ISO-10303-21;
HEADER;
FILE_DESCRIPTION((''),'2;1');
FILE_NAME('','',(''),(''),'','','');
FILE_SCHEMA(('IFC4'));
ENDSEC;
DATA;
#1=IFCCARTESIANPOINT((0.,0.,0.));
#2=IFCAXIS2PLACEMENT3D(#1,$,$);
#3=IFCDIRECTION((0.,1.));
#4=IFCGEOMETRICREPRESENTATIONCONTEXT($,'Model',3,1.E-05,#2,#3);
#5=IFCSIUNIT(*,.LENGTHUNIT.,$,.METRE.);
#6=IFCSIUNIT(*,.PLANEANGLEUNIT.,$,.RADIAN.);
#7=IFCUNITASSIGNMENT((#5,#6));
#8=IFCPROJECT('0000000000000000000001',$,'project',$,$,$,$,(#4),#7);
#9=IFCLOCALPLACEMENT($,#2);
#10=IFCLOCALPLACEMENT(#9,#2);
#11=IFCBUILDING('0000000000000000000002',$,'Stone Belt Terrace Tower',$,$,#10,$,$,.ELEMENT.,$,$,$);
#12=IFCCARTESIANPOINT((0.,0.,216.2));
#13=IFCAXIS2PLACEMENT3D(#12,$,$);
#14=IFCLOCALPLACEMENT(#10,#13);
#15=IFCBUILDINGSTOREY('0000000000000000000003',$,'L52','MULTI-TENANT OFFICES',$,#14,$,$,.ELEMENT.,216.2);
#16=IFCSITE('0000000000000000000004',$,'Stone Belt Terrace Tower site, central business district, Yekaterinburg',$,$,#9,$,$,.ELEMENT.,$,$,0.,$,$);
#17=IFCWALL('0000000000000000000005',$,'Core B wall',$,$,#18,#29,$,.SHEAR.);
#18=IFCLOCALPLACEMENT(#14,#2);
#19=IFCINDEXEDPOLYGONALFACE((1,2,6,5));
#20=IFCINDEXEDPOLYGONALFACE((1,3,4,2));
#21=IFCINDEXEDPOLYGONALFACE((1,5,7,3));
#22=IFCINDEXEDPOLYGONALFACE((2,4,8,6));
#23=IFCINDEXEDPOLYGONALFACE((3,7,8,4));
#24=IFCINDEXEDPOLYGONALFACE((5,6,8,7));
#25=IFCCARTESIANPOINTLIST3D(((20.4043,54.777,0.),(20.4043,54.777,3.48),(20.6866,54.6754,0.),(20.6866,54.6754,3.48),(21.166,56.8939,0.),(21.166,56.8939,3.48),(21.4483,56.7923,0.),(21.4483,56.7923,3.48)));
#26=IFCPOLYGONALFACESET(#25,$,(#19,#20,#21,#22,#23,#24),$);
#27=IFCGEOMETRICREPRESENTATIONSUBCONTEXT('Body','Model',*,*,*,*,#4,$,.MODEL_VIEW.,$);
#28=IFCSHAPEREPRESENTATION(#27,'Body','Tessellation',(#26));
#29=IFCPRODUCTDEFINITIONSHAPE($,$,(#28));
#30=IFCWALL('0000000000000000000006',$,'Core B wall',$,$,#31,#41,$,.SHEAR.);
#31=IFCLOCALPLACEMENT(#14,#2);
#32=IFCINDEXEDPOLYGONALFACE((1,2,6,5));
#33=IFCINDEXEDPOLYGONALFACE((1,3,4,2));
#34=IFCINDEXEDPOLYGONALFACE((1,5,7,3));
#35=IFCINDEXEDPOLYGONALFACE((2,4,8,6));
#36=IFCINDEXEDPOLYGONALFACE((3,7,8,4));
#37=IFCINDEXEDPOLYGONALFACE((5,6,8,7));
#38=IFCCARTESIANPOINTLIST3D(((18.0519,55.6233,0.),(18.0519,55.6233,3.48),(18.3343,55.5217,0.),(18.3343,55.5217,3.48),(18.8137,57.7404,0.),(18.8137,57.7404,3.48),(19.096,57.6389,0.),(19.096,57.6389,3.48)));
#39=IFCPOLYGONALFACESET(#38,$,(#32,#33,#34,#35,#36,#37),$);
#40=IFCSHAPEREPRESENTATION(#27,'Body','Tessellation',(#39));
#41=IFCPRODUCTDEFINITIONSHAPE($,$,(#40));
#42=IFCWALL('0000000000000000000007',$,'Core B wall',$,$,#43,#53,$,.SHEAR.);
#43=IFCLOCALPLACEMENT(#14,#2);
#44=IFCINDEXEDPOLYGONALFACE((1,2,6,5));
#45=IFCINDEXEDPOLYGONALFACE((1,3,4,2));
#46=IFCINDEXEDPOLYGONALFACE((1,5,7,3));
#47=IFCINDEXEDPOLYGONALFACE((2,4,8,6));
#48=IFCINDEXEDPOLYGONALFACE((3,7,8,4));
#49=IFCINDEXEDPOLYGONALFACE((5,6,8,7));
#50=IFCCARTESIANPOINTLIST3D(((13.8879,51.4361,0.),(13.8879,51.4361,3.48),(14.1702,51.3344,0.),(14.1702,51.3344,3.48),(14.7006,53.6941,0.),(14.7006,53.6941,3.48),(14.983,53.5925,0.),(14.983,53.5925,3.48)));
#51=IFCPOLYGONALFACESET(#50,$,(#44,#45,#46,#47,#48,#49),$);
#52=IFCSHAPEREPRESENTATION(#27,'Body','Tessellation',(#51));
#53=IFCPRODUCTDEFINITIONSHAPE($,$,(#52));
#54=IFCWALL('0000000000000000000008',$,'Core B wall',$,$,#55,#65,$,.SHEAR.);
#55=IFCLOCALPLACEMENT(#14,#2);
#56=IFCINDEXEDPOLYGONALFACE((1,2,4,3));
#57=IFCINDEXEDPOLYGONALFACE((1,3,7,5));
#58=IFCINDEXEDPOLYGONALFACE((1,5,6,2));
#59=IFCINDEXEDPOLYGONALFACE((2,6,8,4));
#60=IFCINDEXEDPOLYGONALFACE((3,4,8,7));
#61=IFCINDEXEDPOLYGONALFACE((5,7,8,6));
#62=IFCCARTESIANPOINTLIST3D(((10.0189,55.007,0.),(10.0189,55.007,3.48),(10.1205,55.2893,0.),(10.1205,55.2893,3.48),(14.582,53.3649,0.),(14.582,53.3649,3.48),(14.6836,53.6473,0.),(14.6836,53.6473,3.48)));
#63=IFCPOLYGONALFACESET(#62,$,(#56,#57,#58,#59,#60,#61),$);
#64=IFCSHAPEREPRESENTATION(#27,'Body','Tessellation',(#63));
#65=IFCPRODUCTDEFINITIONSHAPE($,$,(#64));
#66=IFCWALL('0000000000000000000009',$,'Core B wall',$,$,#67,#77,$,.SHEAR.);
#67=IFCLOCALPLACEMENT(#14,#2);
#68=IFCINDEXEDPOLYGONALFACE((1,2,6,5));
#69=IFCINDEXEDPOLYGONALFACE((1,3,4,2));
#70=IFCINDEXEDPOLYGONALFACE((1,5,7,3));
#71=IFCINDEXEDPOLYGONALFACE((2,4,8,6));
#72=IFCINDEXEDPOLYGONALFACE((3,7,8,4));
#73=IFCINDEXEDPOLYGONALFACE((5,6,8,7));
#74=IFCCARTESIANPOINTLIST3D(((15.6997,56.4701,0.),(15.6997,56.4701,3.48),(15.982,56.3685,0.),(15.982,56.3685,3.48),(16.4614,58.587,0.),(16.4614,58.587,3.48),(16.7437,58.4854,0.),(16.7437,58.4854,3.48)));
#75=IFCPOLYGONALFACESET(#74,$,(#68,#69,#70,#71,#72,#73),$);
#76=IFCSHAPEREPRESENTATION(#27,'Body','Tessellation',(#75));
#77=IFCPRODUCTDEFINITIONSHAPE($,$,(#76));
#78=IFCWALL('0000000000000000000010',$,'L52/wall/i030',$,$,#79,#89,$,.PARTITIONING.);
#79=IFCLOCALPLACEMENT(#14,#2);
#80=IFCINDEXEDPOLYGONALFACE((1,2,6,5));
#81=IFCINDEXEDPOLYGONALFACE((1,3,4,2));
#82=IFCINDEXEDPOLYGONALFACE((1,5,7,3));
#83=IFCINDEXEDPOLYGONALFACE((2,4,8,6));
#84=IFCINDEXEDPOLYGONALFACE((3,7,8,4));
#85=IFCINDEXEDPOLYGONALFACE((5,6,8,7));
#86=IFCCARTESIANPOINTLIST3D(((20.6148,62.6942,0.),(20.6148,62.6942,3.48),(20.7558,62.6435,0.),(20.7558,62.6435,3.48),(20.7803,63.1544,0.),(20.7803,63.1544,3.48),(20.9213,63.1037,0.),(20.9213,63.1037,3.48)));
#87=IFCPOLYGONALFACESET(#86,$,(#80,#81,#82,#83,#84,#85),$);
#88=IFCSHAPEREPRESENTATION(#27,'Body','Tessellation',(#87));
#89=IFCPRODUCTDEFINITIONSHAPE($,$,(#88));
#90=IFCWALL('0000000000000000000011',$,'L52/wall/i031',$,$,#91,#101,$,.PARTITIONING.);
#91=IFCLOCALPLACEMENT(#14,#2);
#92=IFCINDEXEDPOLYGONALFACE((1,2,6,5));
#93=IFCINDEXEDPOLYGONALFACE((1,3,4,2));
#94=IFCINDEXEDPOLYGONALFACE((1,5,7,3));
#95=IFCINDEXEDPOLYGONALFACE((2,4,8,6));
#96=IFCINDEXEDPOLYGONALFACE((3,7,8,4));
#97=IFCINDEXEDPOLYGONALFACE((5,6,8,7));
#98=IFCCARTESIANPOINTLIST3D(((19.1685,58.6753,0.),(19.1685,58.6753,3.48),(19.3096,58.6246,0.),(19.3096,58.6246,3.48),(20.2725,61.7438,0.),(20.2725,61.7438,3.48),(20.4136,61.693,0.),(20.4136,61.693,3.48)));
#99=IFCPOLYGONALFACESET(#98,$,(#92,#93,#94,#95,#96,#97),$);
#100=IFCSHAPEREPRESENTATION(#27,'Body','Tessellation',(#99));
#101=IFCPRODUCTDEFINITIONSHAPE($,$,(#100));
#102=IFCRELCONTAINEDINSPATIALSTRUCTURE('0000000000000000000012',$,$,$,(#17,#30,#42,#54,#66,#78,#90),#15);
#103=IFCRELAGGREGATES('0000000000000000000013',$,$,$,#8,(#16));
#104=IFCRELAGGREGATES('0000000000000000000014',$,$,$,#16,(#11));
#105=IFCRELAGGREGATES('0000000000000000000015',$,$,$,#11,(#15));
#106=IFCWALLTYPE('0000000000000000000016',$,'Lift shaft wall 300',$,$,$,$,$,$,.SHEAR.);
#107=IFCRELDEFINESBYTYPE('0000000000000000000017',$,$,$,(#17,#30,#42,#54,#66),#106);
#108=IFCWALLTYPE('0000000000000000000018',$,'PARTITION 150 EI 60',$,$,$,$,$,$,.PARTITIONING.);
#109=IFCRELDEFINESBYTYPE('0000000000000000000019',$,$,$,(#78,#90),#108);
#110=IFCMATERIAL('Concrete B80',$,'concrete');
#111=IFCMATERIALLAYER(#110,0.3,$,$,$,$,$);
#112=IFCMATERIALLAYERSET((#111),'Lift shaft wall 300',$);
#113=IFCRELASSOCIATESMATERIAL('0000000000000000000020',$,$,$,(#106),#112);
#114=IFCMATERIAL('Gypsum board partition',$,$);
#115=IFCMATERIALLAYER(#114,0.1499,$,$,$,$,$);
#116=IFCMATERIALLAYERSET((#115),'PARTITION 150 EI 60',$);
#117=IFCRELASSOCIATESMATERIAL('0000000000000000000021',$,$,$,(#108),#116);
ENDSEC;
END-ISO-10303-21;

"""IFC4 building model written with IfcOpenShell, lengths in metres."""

from ifc_helpers import new_model, si_unit, direction, frame, frame_2d, origin, place, context, subcontext, project, spatial, rectangle, extrude, material, layer, layer_set, type_object, element, save


model = new_model("IFC4")

# Units and contexts
model_context = context("Model", 3, precision=1e-05, world=origin(), true_north=direction((0.0, 1.0)))
body_context = subcontext(model_context, "Body", "Model", "MODEL_VIEW")
ifc_project = project(units=[si_unit("LENGTHUNIT", "METRE"), si_unit("PLANEANGLEUNIT", "RADIAN")], contexts=[model_context])

# Site, building, storey
site_placement = place(None, origin())
site = spatial("IfcSite", under=ifc_project, at=site_placement, Name="Stone Belt Terrace Tower site, central business district, Yekaterinburg", CompositionType="ELEMENT", RefElevation=0.0)
building_placement = place(site_placement, origin())
building = spatial("IfcBuilding", under=site, at=building_placement, Name="Stone Belt Terrace Tower", CompositionType="ELEMENT")
storey_placement = place(building_placement, frame((0.0, 0.0, 216.2)))
storey = spatial("IfcBuildingStorey", under=building, at=storey_placement, Name="L52", Description="MULTI-TENANT OFFICES", CompositionType="ELEMENT", Elevation=216.2)

# Shared definitions
ifc_material_1 = material(Name="Concrete B80", Category="concrete")
ifc_layer_1 = layer(ifc_material_1, 0.3)
ifc_layer_set_1 = layer_set([ifc_layer_1], Name="Lift shaft wall 300")
wall_type_1 = type_object("IfcWallType", Name="Lift shaft wall 300", PredefinedType="SHEAR", material=ifc_layer_set_1)

# Walls
wall_1_placement = place(storey_placement, frame((20.5454, 54.7261, 0.0), z_axis=(0.0, 0.0, 1.0), x_axis=(0.33857, 0.940941, 0.0)))
element("IfcWall", 1, at=wall_1_placement, inside=storey, type_object=wall_type_1, Name="Core B wall", PredefinedType="SHEAR", context=body_context, shape_type="SweptSolid", body=[
    extrude(rectangle(XDim=2.2498, YDim=0.3, at=frame_2d((1.125, 0.0))), origin(), (0.0, 0.0, 1.0), 3.48),
])
wall_2_placement = place(storey_placement, frame((18.1931, 55.5725, 0.0), z_axis=(0.0, 0.0, 1.0), x_axis=(0.338535, 0.940954, 0.0)))
element("IfcWall", 2, at=wall_2_placement, inside=storey, type_object=wall_type_1, Name="Core B wall", PredefinedType="SHEAR", context=body_context, shape_type="SweptSolid", body=[
    extrude(rectangle(XDim=2.25, YDim=0.3, at=frame_2d((1.125, 0.0))), origin(), (0.0, 0.0, 1.0), 3.48),
])
wall_3_placement = place(storey_placement, frame((14.0291, 51.3853, 0.0), z_axis=(0.0, 0.0, 1.0), x_axis=(0.338662, 0.940908, 0.0)))
element("IfcWall", 3, at=wall_3_placement, inside=storey, type_object=wall_type_1, Name="Core B wall", PredefinedType="SHEAR", context=body_context, shape_type="SweptSolid", body=[
    extrude(rectangle(XDim=2.3999, YDim=0.3, at=frame_2d((1.2, 0.0))), origin(), (0.0, 0.0, 1.0), 3.48),
])
wall_4_placement = place(storey_placement, frame((14.6328, 53.5061, 0.0), z_axis=(0.0, 0.0, 1.0), x_axis=(-0.940932, 0.338596, 0.0)))
element("IfcWall", 4, at=wall_4_placement, inside=storey, type_object=wall_type_1, Name="Core B wall", PredefinedType="SHEAR", context=body_context, shape_type="SweptSolid", body=[
    extrude(rectangle(XDim=4.8496, YDim=0.3, at=frame_2d((2.4248, 0.0))), origin(), (0.0, 0.0, 1.0), 3.48),
])
wall_5_placement = place(storey_placement, frame((15.8408, 56.4192, 0.0), z_axis=(0.0, 0.0, 1.0), x_axis=(0.33857, 0.940941, 0.0)))
element("IfcWall", 5, at=wall_5_placement, inside=storey, type_object=wall_type_1, Name="Core B wall", PredefinedType="SHEAR", context=body_context, shape_type="SweptSolid", body=[
    extrude(rectangle(XDim=2.2498, YDim=0.3, at=frame_2d((1.125, 0.0))), origin(), (0.0, 0.0, 1.0), 3.48),
])
ifc_material_2 = material(Name="Gypsum board partition")
ifc_layer_2 = layer(ifc_material_2, 0.1499)
ifc_layer_set_2 = layer_set([ifc_layer_2], Name="PARTITION 150 EI 60")
wall_type_2 = type_object("IfcWallType", Name="PARTITION 150 EI 60", PredefinedType="PARTITIONING", material=ifc_layer_set_2)
wall_6_placement = place(storey_placement, frame((20.8508, 63.1292, 0.0), z_axis=(0.0, 0.0, 1.0), x_axis=(-0.338454, -0.940983, 0.0)))
element("IfcWall", 6, at=wall_6_placement, inside=storey, type_object=wall_type_2, Name="L52/wall/i030", PredefinedType="PARTITIONING", context=body_context, shape_type="SweptSolid", body=[
    extrude(rectangle(XDim=0.489, YDim=0.1499, at=frame_2d((0.2446, 0.0))), origin(), (0.0, 0.0, 1.0), 3.48),
])
wall_7_placement = place(storey_placement, frame((20.343, 61.7183, 0.0), z_axis=(0.0, 0.0, 1.0), x_axis=(-0.338555, -0.940947, 0.0)))
element("IfcWall", 7, at=wall_7_placement, inside=storey, type_object=wall_type_2, Name="L52/wall/i031", PredefinedType="PARTITIONING", context=body_context, shape_type="SweptSolid", body=[
    extrude(rectangle(XDim=3.261, YDim=0.1499, at=frame_2d((1.6304, 0.0))), origin(), (0.0, 0.0, 1.0), 3.48),
])

save(model, "model.ifc")
